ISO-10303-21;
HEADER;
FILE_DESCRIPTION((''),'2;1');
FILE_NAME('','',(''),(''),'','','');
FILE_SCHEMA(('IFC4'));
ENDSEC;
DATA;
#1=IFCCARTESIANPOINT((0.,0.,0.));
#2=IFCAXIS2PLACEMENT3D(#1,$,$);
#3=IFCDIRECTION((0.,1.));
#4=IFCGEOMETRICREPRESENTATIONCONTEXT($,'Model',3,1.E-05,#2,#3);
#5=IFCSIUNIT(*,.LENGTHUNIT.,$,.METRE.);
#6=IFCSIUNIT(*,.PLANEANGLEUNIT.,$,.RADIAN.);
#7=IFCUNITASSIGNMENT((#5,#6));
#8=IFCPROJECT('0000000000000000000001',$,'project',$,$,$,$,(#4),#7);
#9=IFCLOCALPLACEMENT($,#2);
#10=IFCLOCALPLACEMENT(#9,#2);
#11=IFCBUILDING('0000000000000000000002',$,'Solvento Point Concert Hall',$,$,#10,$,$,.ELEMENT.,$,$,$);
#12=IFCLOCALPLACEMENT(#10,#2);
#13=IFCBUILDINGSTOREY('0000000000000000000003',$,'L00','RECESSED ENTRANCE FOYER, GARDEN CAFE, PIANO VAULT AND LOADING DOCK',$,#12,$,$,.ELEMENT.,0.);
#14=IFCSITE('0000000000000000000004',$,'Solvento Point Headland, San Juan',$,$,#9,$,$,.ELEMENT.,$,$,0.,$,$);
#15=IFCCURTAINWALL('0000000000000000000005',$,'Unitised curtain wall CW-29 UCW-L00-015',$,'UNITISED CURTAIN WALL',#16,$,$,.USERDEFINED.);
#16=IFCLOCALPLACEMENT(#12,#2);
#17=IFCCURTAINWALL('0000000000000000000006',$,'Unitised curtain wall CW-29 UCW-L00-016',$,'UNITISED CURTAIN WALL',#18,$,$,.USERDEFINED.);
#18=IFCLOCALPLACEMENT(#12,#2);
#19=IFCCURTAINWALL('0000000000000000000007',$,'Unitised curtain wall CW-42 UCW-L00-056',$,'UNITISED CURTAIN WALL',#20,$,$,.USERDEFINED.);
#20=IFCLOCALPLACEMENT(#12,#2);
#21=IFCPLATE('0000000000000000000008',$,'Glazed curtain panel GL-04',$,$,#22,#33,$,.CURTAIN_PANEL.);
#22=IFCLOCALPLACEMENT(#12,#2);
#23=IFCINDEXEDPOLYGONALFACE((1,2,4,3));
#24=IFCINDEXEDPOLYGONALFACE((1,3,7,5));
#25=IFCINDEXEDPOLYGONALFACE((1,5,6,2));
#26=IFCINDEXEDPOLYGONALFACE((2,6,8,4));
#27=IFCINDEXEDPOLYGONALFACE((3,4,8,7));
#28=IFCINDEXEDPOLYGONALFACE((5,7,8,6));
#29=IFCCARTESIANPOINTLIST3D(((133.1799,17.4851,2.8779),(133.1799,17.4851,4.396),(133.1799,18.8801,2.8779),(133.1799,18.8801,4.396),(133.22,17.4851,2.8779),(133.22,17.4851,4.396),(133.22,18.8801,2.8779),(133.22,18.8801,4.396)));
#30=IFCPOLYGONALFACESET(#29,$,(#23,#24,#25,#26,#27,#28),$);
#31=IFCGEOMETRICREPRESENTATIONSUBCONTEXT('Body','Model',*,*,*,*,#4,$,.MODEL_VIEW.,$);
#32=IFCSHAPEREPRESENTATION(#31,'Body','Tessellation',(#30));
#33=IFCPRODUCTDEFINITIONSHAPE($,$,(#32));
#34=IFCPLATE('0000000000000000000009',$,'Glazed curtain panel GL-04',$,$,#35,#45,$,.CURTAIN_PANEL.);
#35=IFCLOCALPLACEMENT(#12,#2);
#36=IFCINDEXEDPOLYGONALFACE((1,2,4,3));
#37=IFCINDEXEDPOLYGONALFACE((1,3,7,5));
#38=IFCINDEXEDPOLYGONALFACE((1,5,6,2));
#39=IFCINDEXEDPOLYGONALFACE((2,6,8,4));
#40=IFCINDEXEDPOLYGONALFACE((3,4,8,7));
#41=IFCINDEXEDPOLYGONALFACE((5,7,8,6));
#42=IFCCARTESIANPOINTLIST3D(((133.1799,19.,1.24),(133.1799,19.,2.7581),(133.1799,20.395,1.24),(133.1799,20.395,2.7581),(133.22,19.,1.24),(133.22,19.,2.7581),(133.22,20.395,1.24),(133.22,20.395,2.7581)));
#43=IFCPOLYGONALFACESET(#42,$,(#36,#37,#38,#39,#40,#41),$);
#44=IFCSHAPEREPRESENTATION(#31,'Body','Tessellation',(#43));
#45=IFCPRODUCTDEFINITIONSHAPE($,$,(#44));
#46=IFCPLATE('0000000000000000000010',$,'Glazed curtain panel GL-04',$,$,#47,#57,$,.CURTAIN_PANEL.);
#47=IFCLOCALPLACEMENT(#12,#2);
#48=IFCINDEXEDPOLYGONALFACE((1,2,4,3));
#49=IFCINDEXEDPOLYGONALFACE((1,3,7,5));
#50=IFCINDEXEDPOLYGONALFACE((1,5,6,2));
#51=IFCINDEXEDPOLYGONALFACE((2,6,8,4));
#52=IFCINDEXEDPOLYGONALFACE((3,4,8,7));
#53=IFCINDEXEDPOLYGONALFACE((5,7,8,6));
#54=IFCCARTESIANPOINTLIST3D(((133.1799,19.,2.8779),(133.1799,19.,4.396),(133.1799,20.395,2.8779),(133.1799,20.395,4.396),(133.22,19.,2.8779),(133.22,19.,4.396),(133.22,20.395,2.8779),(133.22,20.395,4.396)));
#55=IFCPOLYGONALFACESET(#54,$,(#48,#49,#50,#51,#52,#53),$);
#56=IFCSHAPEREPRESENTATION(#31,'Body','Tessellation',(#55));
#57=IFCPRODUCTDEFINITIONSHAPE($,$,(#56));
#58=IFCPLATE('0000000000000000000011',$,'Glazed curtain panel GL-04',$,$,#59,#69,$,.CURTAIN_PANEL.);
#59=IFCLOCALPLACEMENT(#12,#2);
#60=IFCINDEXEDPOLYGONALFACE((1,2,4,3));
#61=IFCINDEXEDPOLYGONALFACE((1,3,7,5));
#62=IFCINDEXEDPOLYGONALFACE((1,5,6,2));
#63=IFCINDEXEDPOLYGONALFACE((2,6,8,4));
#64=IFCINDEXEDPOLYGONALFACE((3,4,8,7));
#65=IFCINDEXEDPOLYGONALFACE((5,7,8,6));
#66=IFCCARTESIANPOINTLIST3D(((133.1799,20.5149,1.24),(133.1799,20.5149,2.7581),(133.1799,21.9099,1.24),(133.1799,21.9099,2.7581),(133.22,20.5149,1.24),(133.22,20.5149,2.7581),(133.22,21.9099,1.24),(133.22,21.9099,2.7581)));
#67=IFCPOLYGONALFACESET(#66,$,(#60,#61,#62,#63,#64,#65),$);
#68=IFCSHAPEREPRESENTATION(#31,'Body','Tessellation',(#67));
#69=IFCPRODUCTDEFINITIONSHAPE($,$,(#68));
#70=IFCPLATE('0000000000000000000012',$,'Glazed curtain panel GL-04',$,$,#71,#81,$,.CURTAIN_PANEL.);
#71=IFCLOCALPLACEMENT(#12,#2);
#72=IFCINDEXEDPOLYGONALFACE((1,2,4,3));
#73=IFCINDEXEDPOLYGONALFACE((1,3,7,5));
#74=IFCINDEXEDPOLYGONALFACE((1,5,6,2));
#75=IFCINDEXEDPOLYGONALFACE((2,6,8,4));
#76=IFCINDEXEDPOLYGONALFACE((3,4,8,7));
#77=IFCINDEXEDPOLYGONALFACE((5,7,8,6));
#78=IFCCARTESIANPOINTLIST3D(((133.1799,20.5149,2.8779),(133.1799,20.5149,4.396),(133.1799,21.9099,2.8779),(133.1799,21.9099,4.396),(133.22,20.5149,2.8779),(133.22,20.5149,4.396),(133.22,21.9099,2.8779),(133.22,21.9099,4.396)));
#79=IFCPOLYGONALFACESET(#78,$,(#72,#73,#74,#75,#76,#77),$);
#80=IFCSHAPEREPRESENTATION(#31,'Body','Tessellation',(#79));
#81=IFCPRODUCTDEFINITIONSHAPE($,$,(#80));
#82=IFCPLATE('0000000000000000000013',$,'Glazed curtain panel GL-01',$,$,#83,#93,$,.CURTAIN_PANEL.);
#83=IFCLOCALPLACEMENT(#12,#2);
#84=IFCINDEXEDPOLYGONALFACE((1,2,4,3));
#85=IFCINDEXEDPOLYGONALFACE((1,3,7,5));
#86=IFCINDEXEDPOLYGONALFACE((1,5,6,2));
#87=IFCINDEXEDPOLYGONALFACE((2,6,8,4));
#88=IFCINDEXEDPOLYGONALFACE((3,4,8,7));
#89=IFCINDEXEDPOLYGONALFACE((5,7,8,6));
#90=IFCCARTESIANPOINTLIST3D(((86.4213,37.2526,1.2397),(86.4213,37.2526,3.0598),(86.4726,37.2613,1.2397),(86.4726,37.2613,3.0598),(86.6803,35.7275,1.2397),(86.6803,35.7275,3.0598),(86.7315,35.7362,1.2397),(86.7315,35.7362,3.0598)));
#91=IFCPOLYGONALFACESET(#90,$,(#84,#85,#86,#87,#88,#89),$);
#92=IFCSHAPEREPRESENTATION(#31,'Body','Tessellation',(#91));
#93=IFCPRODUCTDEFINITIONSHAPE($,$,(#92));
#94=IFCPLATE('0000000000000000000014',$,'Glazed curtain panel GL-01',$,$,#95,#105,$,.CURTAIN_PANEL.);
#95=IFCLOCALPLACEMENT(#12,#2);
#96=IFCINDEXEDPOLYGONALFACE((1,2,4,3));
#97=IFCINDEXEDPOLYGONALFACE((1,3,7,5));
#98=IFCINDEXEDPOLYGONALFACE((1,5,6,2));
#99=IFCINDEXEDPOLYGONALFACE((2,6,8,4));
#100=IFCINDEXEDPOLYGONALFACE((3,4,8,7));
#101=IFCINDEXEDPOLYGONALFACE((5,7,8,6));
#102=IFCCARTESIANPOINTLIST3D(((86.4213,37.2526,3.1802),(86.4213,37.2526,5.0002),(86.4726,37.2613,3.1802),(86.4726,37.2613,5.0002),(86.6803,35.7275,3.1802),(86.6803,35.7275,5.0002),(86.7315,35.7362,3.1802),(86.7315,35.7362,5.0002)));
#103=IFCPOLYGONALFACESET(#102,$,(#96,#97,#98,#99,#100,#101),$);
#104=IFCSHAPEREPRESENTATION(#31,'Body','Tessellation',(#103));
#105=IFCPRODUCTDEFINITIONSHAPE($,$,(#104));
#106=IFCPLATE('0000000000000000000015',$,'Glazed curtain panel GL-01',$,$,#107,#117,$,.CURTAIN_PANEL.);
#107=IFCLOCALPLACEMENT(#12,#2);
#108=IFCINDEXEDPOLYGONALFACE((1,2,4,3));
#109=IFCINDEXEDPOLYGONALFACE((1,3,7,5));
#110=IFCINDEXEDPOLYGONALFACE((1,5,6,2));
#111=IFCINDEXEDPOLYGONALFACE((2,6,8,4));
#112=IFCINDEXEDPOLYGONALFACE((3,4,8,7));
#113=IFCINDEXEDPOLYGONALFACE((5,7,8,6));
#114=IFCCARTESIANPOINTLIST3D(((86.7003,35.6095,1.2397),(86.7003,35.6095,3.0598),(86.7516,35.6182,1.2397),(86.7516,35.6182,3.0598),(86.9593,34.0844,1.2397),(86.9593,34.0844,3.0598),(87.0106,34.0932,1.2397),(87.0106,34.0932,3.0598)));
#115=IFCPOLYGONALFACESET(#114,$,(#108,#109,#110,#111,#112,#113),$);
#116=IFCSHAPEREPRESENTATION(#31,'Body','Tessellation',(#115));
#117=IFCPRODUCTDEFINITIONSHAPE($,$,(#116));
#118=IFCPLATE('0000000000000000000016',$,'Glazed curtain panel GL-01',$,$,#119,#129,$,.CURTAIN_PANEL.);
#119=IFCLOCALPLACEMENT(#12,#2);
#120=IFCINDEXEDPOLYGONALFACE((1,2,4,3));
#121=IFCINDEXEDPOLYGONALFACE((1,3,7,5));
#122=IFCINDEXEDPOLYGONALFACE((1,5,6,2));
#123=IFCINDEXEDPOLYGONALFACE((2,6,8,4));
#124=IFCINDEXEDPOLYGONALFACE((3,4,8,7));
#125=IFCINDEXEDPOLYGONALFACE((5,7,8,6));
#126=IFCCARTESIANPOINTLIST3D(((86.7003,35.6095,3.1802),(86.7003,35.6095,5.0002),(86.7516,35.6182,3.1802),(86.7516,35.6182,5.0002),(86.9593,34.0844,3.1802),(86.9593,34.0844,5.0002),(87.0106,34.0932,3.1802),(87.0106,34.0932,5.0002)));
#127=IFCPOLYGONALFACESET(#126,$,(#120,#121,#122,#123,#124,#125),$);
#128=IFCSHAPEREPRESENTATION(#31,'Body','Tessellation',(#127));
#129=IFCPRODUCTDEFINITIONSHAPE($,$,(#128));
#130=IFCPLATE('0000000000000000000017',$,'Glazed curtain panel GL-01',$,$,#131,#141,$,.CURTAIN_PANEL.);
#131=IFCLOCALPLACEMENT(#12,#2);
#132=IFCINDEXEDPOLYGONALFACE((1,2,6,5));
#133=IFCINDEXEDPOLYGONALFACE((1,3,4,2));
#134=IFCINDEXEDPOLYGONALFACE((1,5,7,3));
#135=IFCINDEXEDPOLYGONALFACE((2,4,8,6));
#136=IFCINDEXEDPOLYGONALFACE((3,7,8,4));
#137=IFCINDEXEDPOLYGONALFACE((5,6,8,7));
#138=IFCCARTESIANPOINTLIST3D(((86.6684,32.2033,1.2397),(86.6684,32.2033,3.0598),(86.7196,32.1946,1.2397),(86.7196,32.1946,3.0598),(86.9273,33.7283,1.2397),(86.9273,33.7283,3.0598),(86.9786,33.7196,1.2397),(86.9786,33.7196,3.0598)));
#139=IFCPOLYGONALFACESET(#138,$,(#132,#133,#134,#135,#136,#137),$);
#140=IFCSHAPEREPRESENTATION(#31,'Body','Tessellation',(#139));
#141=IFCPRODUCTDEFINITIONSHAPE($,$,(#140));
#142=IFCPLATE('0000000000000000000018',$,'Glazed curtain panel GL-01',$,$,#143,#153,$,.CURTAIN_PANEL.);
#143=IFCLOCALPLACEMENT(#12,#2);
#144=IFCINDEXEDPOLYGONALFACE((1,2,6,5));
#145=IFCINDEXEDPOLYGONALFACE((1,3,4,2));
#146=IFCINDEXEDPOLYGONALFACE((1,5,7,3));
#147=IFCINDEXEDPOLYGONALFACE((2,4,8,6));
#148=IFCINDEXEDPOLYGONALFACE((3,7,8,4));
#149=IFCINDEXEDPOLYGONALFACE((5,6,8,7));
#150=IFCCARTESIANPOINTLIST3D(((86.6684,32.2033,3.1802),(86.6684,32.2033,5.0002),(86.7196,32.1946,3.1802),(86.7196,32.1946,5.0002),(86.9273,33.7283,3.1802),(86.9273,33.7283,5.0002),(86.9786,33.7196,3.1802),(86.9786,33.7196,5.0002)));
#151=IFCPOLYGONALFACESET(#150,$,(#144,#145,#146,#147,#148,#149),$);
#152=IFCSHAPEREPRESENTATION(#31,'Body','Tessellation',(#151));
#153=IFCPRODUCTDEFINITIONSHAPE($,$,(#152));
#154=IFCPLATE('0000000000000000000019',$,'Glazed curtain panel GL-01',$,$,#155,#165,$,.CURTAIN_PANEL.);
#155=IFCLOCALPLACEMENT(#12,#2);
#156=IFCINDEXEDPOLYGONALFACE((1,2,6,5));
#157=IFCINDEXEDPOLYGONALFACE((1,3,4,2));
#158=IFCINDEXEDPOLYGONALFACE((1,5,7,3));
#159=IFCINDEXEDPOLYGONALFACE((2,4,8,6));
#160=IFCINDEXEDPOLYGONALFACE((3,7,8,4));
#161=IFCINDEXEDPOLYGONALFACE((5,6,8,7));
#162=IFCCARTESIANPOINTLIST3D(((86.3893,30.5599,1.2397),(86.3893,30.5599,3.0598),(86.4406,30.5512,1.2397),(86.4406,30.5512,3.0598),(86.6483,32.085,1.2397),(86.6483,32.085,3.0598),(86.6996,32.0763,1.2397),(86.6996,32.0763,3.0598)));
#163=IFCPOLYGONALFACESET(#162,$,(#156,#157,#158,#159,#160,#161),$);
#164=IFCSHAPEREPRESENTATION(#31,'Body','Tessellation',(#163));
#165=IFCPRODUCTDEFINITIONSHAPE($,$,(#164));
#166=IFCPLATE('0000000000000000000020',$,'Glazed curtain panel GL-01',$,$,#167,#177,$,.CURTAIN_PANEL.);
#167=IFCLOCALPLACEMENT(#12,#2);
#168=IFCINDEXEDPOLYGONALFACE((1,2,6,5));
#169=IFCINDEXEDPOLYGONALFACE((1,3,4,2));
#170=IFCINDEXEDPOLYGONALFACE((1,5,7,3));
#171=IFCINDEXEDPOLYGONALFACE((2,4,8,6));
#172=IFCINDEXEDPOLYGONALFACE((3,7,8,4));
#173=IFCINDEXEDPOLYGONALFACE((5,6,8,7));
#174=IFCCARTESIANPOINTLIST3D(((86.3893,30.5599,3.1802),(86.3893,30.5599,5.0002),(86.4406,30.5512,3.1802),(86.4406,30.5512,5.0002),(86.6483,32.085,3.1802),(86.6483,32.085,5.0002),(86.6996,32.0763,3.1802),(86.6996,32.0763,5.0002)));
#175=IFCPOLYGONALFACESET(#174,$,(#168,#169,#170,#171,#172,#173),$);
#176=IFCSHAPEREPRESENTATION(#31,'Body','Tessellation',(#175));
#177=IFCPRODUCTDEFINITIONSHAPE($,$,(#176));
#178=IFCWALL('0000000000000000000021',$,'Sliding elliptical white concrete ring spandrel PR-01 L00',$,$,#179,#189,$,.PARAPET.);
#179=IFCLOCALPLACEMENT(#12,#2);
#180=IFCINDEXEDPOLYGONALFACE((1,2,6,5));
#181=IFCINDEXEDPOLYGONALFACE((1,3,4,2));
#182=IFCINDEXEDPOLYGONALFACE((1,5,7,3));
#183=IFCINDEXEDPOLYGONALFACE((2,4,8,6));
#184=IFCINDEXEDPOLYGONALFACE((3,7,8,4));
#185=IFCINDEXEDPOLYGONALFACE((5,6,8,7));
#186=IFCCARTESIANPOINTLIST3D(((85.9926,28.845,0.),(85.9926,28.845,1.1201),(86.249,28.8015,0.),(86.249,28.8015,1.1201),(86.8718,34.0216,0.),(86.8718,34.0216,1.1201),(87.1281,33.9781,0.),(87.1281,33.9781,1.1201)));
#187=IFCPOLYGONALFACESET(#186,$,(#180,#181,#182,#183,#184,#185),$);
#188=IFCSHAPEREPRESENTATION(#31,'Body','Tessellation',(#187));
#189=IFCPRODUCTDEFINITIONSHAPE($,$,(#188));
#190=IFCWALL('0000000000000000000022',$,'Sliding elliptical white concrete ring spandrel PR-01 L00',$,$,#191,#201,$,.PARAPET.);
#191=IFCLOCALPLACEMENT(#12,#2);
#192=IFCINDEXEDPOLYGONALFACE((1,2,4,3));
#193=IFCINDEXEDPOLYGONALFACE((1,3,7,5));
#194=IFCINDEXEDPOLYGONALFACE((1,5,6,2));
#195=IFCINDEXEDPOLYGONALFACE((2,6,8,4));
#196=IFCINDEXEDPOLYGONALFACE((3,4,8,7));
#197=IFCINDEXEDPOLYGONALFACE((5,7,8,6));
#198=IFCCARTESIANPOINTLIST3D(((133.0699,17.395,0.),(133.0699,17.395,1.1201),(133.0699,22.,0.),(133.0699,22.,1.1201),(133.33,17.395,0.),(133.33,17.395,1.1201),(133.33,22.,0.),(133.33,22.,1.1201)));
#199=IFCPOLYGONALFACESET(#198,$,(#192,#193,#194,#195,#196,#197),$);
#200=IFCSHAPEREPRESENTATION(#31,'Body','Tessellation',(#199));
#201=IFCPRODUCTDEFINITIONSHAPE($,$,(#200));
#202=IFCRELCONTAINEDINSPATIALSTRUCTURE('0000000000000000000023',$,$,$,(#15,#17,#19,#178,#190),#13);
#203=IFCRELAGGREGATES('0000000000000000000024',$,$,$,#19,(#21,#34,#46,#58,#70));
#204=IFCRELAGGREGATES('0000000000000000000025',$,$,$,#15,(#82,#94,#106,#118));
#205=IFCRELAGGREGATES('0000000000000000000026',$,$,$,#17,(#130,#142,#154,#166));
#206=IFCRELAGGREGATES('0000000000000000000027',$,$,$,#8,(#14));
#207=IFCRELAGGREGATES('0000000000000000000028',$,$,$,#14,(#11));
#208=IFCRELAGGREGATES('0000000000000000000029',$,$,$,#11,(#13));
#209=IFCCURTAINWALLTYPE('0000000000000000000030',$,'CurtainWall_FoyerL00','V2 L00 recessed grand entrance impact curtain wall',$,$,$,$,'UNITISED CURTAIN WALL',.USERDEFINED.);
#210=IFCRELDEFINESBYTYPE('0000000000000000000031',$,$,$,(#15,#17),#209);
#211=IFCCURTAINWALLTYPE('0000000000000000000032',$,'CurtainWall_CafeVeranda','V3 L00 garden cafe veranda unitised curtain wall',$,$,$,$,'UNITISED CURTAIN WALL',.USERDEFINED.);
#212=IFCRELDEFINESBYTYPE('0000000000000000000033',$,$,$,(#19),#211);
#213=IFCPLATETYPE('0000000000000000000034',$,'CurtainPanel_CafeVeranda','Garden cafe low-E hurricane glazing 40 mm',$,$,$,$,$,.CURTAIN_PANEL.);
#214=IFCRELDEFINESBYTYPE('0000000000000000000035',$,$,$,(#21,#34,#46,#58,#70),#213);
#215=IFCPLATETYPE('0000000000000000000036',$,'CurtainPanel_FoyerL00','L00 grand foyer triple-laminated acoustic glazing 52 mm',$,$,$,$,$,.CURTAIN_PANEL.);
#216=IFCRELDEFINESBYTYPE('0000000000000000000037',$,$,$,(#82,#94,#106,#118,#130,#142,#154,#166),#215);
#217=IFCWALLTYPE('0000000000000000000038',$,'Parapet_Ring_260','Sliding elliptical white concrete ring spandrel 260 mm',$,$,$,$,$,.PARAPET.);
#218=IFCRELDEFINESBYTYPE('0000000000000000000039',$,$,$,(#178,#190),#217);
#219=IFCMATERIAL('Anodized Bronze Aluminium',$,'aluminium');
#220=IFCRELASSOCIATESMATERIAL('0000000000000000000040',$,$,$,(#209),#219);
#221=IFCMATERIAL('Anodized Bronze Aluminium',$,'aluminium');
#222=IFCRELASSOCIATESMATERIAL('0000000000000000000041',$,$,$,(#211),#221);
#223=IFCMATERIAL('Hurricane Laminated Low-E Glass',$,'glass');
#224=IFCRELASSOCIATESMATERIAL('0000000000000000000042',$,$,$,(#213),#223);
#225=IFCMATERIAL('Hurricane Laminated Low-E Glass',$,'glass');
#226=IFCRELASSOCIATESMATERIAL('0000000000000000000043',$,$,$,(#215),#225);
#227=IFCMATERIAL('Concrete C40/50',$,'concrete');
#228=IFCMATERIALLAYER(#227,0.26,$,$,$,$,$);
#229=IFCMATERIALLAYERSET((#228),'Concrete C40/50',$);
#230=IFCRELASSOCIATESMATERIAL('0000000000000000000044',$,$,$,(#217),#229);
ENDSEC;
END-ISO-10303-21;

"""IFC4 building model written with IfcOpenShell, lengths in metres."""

from ifc_helpers import new_model, si_unit, direction, frame, frame_2d, origin, origin_2d, place, context, subcontext, project, spatial, rectangle, extrude, material, layer, layer_set, type_object, element, aggregate, save


model = new_model("IFC4")

# Units and contexts
model_context = context("Model", 3, precision=1e-05, world=origin(), true_north=direction((0.0, 1.0)))
body_context = subcontext(model_context, "Body", "Model", "MODEL_VIEW")
ifc_project = project(units=[si_unit("LENGTHUNIT", "METRE"), si_unit("PLANEANGLEUNIT", "RADIAN")], contexts=[model_context])

# Site, building, storey
site_placement = place(None, origin())
site = spatial("IfcSite", under=ifc_project, at=site_placement, Name="Solvento Point Headland, San Juan", CompositionType="ELEMENT", RefElevation=0.0)
building_placement = place(site_placement, origin())
building = spatial("IfcBuilding", under=site, at=building_placement, Name="Solvento Point Concert Hall", CompositionType="ELEMENT")
storey_placement = place(building_placement, origin())
storey = spatial("IfcBuildingStorey", under=building, at=storey_placement, Name="L00", Description="RECESSED ENTRANCE FOYER, GARDEN CAFE, PIANO VAULT AND LOADING DOCK", CompositionType="ELEMENT", Elevation=0.0)

# Curtain walls
ifc_material_1 = material(Name="Anodized Bronze Aluminium", Category="aluminium")
curtain_wall_type_1 = type_object("IfcCurtainWallType", Name="CurtainWall_FoyerL00", Description="V2 L00 recessed grand entrance impact curtain wall", ElementType="UNITISED CURTAIN WALL", PredefinedType="USERDEFINED", material=ifc_material_1)
curtain_wall_1_placement = place(storey_placement, origin())
curtain_wall_1 = element("IfcCurtainWall", 1, at=curtain_wall_1_placement, inside=storey, type_object=curtain_wall_type_1, Name="Unitised curtain wall CW-29 UCW-L00-015", ObjectType="UNITISED CURTAIN WALL", PredefinedType="USERDEFINED")
curtain_wall_2_placement = place(storey_placement, origin())
curtain_wall_2 = element("IfcCurtainWall", 2, at=curtain_wall_2_placement, inside=storey, type_object=curtain_wall_type_1, Name="Unitised curtain wall CW-29 UCW-L00-016", ObjectType="UNITISED CURTAIN WALL", PredefinedType="USERDEFINED")
ifc_material_2 = material(Name="Anodized Bronze Aluminium", Category="aluminium")
curtain_wall_type_2 = type_object("IfcCurtainWallType", Name="CurtainWall_CafeVeranda", Description="V3 L00 garden cafe veranda unitised curtain wall", ElementType="UNITISED CURTAIN WALL", PredefinedType="USERDEFINED", material=ifc_material_2)
curtain_wall_3_placement = place(storey_placement, origin())
curtain_wall_3 = element("IfcCurtainWall", 3, at=curtain_wall_3_placement, inside=storey, type_object=curtain_wall_type_2, Name="Unitised curtain wall CW-42 UCW-L00-056", ObjectType="UNITISED CURTAIN WALL", PredefinedType="USERDEFINED")

# Plates
ifc_material_3 = material(Name="Hurricane Laminated Low-E Glass", Category="glass")
plate_type_1 = type_object("IfcPlateType", Name="CurtainPanel_CafeVeranda", Description="Garden cafe low-E hurricane glazing 40 mm", PredefinedType="CURTAIN_PANEL", material=ifc_material_3)
plate_1_placement = place(storey_placement, frame((133.2, 18.1826, 2.8779), z_axis=(0.0, 0.0, 1.0), x_axis=(0.0, 1.0, 0.0)))
plate_1 = element("IfcPlate", 4, at=plate_1_placement, type_object=plate_type_1, Name="Glazed curtain panel GL-04", PredefinedType="CURTAIN_PANEL", context=body_context, shape_type="SweptSolid", body=[
    extrude(rectangle(XDim=1.395, YDim=0.04, at=origin_2d()), origin(), (0.0, 0.0, 1.0), 1.5181),
])
plate_2_placement = place(storey_placement, frame((133.2, 19.6975, 1.24), z_axis=(0.0, 0.0, 1.0), x_axis=(0.0, 1.0, 0.0)))
plate_2 = element("IfcPlate", 5, at=plate_2_placement, type_object=plate_type_1, Name="Glazed curtain panel GL-04", PredefinedType="CURTAIN_PANEL", context=body_context, shape_type="SweptSolid", body=[
    extrude(rectangle(XDim=1.395, YDim=0.04, at=origin_2d()), origin(), (0.0, 0.0, 1.0), 1.5181),
])
plate_3_placement = place(storey_placement, frame((133.2, 19.6975, 2.8779), z_axis=(0.0, 0.0, 1.0), x_axis=(0.0, 1.0, 0.0)))
plate_3 = element("IfcPlate", 6, at=plate_3_placement, type_object=plate_type_1, Name="Glazed curtain panel GL-04", PredefinedType="CURTAIN_PANEL", context=body_context, shape_type="SweptSolid", body=[
    extrude(rectangle(XDim=1.395, YDim=0.04, at=origin_2d()), origin(), (0.0, 0.0, 1.0), 1.5181),
])
plate_4_placement = place(storey_placement, frame((133.2, 21.2124, 1.24), z_axis=(0.0, 0.0, 1.0), x_axis=(0.0, 1.0, 0.0)))
plate_4 = element("IfcPlate", 7, at=plate_4_placement, type_object=plate_type_1, Name="Glazed curtain panel GL-04", PredefinedType="CURTAIN_PANEL", context=body_context, shape_type="SweptSolid", body=[
    extrude(rectangle(XDim=1.395, YDim=0.04, at=origin_2d()), origin(), (0.0, 0.0, 1.0), 1.5181),
])
plate_5_placement = place(storey_placement, frame((133.2, 21.2124, 2.8779), z_axis=(0.0, 0.0, 1.0), x_axis=(0.0, 1.0, 0.0)))
plate_5 = element("IfcPlate", 8, at=plate_5_placement, type_object=plate_type_1, Name="Glazed curtain panel GL-04", PredefinedType="CURTAIN_PANEL", context=body_context, shape_type="SweptSolid", body=[
    extrude(rectangle(XDim=1.395, YDim=0.04, at=origin_2d()), origin(), (0.0, 0.0, 1.0), 1.5181),
])
aggregate(curtain_wall_3, [plate_1, plate_2, plate_3, plate_4, plate_5])
ifc_material_4 = material(Name="Hurricane Laminated Low-E Glass", Category="glass")
plate_type_2 = type_object("IfcPlateType", Name="CurtainPanel_FoyerL00", Description="L00 grand foyer triple-laminated acoustic glazing 52 mm", PredefinedType="CURTAIN_PANEL", material=ifc_material_4)
plate_6_placement = place(storey_placement, frame((86.5764, 36.4944, 1.2397), z_axis=(0.0, 0.0, 1.0), x_axis=(0.167431, -0.985884, 0.0)))
plate_6 = element("IfcPlate", 9, at=plate_6_placement, type_object=plate_type_2, Name="Glazed curtain panel GL-01", PredefinedType="CURTAIN_PANEL", context=body_context, shape_type="SweptSolid", body=[
    extrude(rectangle(XDim=1.5469, YDim=0.052, at=origin_2d()), origin(), (0.0, 0.0, 1.0), 1.8201),
])
plate_7_placement = place(storey_placement, frame((86.5764, 36.4944, 3.1802), z_axis=(0.0, 0.0, 1.0), x_axis=(0.167431, -0.985884, 0.0)))
plate_7 = element("IfcPlate", 10, at=plate_7_placement, type_object=plate_type_2, Name="Glazed curtain panel GL-01", PredefinedType="CURTAIN_PANEL", context=body_context, shape_type="SweptSolid", body=[
    extrude(rectangle(XDim=1.5469, YDim=0.052, at=origin_2d()), origin(), (0.0, 0.0, 1.0), 1.8201),
])
plate_8_placement = place(storey_placement, frame((86.8555, 34.8513, 1.2397), z_axis=(0.0, 0.0, 1.0), x_axis=(0.167431, -0.985884, 0.0)))
plate_8 = element("IfcPlate", 11, at=plate_8_placement, type_object=plate_type_2, Name="Glazed curtain panel GL-01", PredefinedType="CURTAIN_PANEL", context=body_context, shape_type="SweptSolid", body=[
    extrude(rectangle(XDim=1.5469, YDim=0.052, at=origin_2d()), origin(), (0.0, 0.0, 1.0), 1.8201),
])
plate_9_placement = place(storey_placement, frame((86.8555, 34.8513, 3.1802), z_axis=(0.0, 0.0, 1.0), x_axis=(0.167431, -0.985884, 0.0)))
plate_9 = element("IfcPlate", 12, at=plate_9_placement, type_object=plate_type_2, Name="Glazed curtain panel GL-01", PredefinedType="CURTAIN_PANEL", context=body_context, shape_type="SweptSolid", body=[
    extrude(rectangle(XDim=1.5469, YDim=0.052, at=origin_2d()), origin(), (0.0, 0.0, 1.0), 1.8201),
])
aggregate(curtain_wall_1, [plate_6, plate_7, plate_8, plate_9])
plate_10_placement = place(storey_placement, frame((86.8235, 32.9614, 1.2397), z_axis=(0.0, 0.0, 1.0), x_axis=(-0.167431, -0.985884, 0.0)))
plate_10 = element("IfcPlate", 13, at=plate_10_placement, type_object=plate_type_2, Name="Glazed curtain panel GL-01", PredefinedType="CURTAIN_PANEL", context=body_context, shape_type="SweptSolid", body=[
    extrude(rectangle(XDim=1.5469, YDim=0.052, at=origin_2d()), origin(), (0.0, 0.0, 1.0), 1.8201),
])
plate_11_placement = place(storey_placement, frame((86.8235, 32.9614, 3.1802), z_axis=(0.0, 0.0, 1.0), x_axis=(-0.167431, -0.985884, 0.0)))
plate_11 = element("IfcPlate", 14, at=plate_11_placement, type_object=plate_type_2, Name="Glazed curtain panel GL-01", PredefinedType="CURTAIN_PANEL", context=body_context, shape_type="SweptSolid", body=[
    extrude(rectangle(XDim=1.5469, YDim=0.052, at=origin_2d()), origin(), (0.0, 0.0, 1.0), 1.8201),
])
plate_12_placement = place(storey_placement, frame((86.5444, 31.3181, 1.2397), z_axis=(0.0, 0.0, 1.0), x_axis=(-0.167431, -0.985884, 0.0)))
plate_12 = element("IfcPlate", 15, at=plate_12_placement, type_object=plate_type_2, Name="Glazed curtain panel GL-01", PredefinedType="CURTAIN_PANEL", context=body_context, shape_type="SweptSolid", body=[
    extrude(rectangle(XDim=1.5469, YDim=0.052, at=origin_2d()), origin(), (0.0, 0.0, 1.0), 1.8201),
])
plate_13_placement = place(storey_placement, frame((86.5444, 31.3181, 3.1802), z_axis=(0.0, 0.0, 1.0), x_axis=(-0.167431, -0.985884, 0.0)))
plate_13 = element("IfcPlate", 16, at=plate_13_placement, type_object=plate_type_2, Name="Glazed curtain panel GL-01", PredefinedType="CURTAIN_PANEL", context=body_context, shape_type="SweptSolid", body=[
    extrude(rectangle(XDim=1.5469, YDim=0.052, at=origin_2d()), origin(), (0.0, 0.0, 1.0), 1.8201),
])
aggregate(curtain_wall_2, [plate_10, plate_11, plate_12, plate_13])

# Walls
ifc_material_5 = material(Name="Concrete C40/50", Category="concrete")
ifc_layer = layer(ifc_material_5, 0.26)
ifc_layer_set = layer_set([ifc_layer], Name="Concrete C40/50")
wall_type = type_object("IfcWallType", Name="Parapet_Ring_260", Description="Sliding elliptical white concrete ring spandrel 260 mm", PredefinedType="PARAPET", material=ifc_layer_set)
wall_1_placement = place(storey_placement, frame((87.0, 34.0, 0.0), z_axis=(0.0, 0.0, 1.0), x_axis=(-0.167437, -0.985883, 0.0)))
element("IfcWall", 17, at=wall_1_placement, inside=storey, type_object=wall_type, Name="Sliding elliptical white concrete ring spandrel PR-01 L00", PredefinedType="PARAPET", context=body_context, shape_type="SweptSolid", body=[
    extrude(rectangle(XDim=5.2507, YDim=0.26, at=frame_2d((2.6255, 0.0))), origin(), (0.0, 0.0, 1.0), 1.1201),
])
wall_2_placement = place(storey_placement, frame((133.2, 17.395, 0.0), z_axis=(0.0, 0.0, 1.0), x_axis=(0.0, 1.0, 0.0)))
element("IfcWall", 18, at=wall_2_placement, inside=storey, type_object=wall_type, Name="Sliding elliptical white concrete ring spandrel PR-01 L00", PredefinedType="PARAPET", context=body_context, shape_type="SweptSolid", body=[
    extrude(rectangle(XDim=4.605, YDim=0.26, at=frame_2d((2.3025, 0.0))), origin(), (0.0, 0.0, 1.0), 1.1201),
])

save(model, "model.ifc")
